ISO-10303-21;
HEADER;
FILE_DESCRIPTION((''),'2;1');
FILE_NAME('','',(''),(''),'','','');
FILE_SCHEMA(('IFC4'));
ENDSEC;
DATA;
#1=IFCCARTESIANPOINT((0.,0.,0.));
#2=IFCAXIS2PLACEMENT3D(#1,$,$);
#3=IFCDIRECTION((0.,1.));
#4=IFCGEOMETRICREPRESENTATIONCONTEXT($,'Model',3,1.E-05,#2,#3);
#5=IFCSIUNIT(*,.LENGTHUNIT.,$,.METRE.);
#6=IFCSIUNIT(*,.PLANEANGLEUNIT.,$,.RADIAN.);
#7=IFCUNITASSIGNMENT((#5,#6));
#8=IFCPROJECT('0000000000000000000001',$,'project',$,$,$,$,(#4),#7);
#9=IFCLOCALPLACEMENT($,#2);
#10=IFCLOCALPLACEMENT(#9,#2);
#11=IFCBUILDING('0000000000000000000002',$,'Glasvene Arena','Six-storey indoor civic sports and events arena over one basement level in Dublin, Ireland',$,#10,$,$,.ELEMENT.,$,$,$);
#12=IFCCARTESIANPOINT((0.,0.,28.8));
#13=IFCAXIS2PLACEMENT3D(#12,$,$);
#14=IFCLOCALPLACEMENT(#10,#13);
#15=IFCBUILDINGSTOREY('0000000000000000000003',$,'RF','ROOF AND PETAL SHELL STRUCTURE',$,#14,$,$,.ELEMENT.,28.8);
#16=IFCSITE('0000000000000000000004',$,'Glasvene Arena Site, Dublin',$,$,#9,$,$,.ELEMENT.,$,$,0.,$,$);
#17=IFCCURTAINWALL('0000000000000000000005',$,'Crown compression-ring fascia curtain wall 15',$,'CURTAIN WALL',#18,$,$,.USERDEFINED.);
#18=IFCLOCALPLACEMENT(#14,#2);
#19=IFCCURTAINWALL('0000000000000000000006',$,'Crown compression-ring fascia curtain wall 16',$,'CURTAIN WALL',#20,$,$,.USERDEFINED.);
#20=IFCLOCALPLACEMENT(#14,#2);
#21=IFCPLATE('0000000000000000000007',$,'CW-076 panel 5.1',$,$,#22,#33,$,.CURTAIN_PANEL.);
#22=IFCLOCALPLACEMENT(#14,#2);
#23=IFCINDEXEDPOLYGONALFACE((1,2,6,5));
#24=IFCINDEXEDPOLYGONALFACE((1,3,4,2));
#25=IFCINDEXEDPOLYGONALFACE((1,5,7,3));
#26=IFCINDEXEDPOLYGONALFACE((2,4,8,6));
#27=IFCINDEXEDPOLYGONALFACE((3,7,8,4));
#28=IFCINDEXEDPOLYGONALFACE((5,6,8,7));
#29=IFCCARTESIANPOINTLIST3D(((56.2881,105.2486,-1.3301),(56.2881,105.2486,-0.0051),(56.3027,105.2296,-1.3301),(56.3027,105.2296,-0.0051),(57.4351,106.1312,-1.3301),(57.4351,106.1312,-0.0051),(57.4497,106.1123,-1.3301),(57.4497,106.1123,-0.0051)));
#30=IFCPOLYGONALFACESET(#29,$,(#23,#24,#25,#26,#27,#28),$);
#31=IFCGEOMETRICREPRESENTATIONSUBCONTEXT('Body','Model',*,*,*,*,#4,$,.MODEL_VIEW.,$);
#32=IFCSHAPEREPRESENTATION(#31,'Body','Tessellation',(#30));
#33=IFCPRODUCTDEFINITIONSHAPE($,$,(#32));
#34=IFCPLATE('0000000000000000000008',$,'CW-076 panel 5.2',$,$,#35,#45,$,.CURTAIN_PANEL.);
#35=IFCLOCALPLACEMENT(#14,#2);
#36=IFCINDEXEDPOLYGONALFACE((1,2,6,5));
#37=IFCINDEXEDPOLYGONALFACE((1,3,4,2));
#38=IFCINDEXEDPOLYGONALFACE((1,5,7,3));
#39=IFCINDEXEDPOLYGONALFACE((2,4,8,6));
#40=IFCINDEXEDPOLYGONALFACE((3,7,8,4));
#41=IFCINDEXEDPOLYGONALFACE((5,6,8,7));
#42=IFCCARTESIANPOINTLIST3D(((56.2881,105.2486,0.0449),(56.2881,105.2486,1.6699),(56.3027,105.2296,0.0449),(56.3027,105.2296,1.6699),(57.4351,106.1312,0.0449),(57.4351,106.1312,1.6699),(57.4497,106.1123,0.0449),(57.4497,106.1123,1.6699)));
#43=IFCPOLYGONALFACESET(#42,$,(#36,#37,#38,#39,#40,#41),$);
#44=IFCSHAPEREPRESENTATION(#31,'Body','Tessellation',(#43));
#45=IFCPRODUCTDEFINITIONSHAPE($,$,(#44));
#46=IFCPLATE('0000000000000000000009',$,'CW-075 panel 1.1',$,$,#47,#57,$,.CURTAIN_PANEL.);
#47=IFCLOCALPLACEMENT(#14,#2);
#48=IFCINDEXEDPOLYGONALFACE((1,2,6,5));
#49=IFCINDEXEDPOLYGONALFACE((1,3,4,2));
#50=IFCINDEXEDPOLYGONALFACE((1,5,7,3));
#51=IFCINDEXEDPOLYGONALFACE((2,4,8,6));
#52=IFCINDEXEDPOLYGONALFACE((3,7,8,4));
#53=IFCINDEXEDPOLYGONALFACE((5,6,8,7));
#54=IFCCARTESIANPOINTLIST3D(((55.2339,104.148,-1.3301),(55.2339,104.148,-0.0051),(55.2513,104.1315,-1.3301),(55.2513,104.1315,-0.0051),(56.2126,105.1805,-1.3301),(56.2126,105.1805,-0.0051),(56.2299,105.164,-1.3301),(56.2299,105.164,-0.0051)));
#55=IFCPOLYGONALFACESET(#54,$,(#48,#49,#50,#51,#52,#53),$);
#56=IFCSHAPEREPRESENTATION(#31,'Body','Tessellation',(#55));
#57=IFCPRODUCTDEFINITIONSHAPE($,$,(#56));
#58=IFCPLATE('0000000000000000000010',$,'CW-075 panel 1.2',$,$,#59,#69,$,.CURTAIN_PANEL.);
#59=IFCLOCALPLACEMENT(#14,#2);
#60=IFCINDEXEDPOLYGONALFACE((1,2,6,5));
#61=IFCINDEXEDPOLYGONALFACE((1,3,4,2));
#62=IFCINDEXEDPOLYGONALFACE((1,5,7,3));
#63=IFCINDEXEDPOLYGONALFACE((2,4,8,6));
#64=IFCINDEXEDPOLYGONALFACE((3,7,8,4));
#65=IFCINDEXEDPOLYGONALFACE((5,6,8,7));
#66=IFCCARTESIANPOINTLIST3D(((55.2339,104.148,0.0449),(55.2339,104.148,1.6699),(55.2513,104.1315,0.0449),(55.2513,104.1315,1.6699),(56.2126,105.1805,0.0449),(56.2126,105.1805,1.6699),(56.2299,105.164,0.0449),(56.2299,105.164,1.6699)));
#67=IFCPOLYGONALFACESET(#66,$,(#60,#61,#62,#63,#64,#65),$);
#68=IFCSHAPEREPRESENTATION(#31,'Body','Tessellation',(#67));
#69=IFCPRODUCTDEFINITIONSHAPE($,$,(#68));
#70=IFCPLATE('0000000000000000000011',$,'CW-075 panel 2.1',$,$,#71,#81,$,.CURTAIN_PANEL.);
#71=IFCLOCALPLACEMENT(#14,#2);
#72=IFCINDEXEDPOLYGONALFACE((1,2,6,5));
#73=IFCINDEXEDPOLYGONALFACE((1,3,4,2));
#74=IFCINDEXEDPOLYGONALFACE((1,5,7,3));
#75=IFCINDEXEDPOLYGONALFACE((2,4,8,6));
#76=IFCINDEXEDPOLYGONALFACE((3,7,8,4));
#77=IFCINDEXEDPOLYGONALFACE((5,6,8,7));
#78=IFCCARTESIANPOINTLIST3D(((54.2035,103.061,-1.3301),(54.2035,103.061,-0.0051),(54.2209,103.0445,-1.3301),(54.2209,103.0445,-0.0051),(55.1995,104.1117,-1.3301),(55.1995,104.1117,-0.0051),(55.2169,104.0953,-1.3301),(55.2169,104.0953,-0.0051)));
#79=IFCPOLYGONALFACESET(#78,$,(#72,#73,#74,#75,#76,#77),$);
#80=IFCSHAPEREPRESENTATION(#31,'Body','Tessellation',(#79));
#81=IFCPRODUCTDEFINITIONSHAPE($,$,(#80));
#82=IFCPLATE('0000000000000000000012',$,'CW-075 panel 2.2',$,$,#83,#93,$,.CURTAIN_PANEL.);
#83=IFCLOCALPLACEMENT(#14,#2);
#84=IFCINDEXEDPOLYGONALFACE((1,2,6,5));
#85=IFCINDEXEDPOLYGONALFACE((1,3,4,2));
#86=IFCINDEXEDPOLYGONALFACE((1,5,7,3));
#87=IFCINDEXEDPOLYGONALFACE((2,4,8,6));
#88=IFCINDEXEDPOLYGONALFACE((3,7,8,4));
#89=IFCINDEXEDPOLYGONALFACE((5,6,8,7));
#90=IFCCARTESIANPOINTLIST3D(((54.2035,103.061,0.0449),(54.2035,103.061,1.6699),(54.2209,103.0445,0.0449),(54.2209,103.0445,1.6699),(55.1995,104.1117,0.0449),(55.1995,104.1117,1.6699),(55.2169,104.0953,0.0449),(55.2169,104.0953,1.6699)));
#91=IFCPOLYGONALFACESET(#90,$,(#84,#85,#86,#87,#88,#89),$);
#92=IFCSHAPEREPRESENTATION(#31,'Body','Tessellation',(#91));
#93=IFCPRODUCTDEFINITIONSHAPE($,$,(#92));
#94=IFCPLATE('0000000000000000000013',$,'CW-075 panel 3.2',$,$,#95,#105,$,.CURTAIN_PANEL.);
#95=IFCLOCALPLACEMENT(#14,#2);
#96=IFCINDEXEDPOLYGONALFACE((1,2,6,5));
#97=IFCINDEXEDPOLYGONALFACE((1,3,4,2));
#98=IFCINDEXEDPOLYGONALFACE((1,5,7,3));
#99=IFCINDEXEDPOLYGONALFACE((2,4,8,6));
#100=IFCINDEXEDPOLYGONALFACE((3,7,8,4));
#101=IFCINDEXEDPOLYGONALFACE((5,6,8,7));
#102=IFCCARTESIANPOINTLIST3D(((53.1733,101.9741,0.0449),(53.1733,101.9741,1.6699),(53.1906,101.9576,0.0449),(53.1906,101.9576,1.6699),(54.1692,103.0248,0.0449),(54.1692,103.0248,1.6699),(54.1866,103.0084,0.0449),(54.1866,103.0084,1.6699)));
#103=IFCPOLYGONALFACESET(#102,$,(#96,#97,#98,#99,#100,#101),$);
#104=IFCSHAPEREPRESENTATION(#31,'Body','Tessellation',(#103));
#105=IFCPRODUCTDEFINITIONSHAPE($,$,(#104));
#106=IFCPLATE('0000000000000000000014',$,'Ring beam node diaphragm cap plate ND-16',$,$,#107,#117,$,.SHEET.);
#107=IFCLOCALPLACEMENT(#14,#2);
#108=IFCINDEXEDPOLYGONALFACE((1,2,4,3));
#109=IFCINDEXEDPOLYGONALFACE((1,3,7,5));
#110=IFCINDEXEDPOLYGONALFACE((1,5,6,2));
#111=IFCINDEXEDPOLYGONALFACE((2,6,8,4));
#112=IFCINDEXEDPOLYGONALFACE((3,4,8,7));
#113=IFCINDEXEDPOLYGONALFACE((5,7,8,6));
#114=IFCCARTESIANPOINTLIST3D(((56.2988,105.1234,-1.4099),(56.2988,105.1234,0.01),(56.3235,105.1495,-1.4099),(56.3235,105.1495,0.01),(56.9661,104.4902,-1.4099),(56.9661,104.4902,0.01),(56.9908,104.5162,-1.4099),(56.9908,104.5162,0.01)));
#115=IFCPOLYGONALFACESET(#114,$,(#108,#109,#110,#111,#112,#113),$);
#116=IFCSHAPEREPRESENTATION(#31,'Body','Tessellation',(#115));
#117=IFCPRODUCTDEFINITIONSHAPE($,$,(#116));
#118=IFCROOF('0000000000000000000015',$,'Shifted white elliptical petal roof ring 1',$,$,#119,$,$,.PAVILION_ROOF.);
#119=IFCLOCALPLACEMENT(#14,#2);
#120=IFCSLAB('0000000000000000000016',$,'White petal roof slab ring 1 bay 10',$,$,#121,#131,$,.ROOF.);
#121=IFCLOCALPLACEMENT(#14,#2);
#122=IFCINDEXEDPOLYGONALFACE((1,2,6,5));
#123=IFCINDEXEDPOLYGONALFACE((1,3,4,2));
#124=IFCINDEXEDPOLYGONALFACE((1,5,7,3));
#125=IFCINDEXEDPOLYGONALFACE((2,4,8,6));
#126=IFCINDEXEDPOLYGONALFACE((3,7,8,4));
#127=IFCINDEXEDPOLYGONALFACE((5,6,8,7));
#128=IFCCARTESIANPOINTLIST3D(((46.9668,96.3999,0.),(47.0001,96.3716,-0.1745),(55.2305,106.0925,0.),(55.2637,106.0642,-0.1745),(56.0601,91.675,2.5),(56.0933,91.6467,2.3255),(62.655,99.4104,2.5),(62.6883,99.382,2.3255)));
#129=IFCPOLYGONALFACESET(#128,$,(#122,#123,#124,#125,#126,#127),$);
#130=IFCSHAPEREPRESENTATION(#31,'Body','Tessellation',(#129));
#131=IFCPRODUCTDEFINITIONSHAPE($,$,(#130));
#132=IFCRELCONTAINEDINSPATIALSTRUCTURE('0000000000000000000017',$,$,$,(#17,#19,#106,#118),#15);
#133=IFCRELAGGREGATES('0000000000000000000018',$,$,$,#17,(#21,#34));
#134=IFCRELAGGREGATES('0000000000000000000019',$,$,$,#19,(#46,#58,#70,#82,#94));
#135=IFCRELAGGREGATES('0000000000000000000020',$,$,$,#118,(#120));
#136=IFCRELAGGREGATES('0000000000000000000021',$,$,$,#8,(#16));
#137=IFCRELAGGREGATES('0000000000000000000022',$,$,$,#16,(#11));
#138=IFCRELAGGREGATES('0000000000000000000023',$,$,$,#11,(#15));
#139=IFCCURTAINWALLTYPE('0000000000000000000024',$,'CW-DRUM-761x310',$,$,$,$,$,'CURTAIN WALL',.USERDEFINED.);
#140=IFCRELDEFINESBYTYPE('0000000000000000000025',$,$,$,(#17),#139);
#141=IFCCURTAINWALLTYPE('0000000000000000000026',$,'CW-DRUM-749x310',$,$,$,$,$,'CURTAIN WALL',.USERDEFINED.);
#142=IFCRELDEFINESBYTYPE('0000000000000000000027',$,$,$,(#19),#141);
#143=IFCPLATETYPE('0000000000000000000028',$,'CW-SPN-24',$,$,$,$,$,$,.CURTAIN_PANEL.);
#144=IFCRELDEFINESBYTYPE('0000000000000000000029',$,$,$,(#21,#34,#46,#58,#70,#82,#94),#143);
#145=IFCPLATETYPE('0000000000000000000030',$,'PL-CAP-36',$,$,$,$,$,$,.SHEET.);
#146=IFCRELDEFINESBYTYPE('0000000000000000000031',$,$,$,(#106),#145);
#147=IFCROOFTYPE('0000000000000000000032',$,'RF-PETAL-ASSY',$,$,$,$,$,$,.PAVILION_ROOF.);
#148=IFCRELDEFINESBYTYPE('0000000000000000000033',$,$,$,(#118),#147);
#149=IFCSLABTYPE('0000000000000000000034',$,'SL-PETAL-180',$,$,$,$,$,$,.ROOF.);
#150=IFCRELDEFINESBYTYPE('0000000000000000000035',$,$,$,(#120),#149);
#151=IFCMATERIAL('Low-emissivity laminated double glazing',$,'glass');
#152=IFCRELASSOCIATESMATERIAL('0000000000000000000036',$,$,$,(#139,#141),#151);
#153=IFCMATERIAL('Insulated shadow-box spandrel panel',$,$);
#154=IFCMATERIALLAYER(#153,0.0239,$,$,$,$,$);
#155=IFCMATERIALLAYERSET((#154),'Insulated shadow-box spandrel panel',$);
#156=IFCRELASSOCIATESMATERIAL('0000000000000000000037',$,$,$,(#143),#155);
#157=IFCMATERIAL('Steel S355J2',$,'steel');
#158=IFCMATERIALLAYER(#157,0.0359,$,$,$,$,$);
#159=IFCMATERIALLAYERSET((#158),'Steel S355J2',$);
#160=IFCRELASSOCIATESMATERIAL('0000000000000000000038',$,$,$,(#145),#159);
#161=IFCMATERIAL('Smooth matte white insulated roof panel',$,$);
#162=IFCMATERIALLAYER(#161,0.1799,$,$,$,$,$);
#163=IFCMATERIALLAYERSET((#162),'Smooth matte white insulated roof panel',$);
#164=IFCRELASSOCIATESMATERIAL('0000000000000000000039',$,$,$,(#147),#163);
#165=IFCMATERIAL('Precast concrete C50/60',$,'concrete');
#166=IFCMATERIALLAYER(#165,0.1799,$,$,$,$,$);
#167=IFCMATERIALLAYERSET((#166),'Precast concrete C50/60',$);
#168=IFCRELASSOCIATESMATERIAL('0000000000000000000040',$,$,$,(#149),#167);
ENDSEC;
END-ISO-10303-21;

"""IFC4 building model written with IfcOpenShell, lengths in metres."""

from ifc_helpers import new_model, si_unit, direction, frame, origin, origin_2d, place, context, subcontext, project, spatial, polyline, rectangle, outline, extrude, material, layer, layer_set, type_object, element, aggregate, save


model = new_model("IFC4")

# Units and contexts
model_context = context("Model", 3, precision=1e-05, world=origin(), true_north=direction((0.0, 1.0)))
body_context = subcontext(model_context, "Body", "Model", "MODEL_VIEW")
ifc_project = project(units=[si_unit("LENGTHUNIT", "METRE"), si_unit("PLANEANGLEUNIT", "RADIAN")], contexts=[model_context])

# Site, building, storey
site_placement = place(None, origin())
site = spatial("IfcSite", under=ifc_project, at=site_placement, Name="Glasvene Arena Site, Dublin", CompositionType="ELEMENT", RefElevation=0.0)
building_placement = place(site_placement, origin())
building = spatial("IfcBuilding", under=site, at=building_placement, Name="Glasvene Arena", Description="Six-storey indoor civic sports and events arena over one basement level in Dublin, Ireland", CompositionType="ELEMENT")
storey_placement = place(building_placement, frame((0.0, 0.0, 28.8)))
storey = spatial("IfcBuildingStorey", under=building, at=storey_placement, Name="RF", Description="ROOF AND PETAL SHELL STRUCTURE", CompositionType="ELEMENT", Elevation=28.8)

# Shared definitions
ifc_material_1 = material(Name="Steel S355J2", Category="steel")

# Curtain walls
ifc_material_2 = material(Name="Low-emissivity laminated double glazing", Category="glass")
curtain_wall_type_1 = type_object("IfcCurtainWallType", Name="CW-DRUM-761x310", ElementType="CURTAIN WALL", PredefinedType="USERDEFINED", material=ifc_material_2)
curtain_wall_1_placement = place(storey_placement, frame((62.2876, 109.8506, 0.0)))
curtain_wall_1 = element("IfcCurtainWall", 1, at=curtain_wall_1_placement, inside=storey, type_object=curtain_wall_type_1, Name="Crown compression-ring fascia curtain wall 15", ObjectType="CURTAIN WALL", PredefinedType="USERDEFINED")
curtain_wall_type_2 = type_object("IfcCurtainWallType", Name="CW-DRUM-749x310", ElementType="CURTAIN WALL", PredefinedType="USERDEFINED", material=ifc_material_2)
curtain_wall_2_placement = place(storey_placement, frame((56.2559, 105.2087, 0.0)))
curtain_wall_2 = element("IfcCurtainWall", 2, at=curtain_wall_2_placement, inside=storey, type_object=curtain_wall_type_2, Name="Crown compression-ring fascia curtain wall 16", ObjectType="CURTAIN WALL", PredefinedType="USERDEFINED")

# Plates
ifc_material_3 = material(Name="Insulated shadow-box spandrel panel")
ifc_layer_1 = layer(ifc_material_3, 0.0239)
ifc_layer_set_1 = layer_set([ifc_layer_1], Name="Insulated shadow-box spandrel panel")
plate_type_1 = type_object("IfcPlateType", Name="CW-SPN-24", PredefinedType="CURTAIN_PANEL", material=ifc_layer_set_1)
plate_1_placement = place(storey_placement, frame((56.8689, 105.6804, -1.3301), z_axis=(0.0, 0.0, 1.0), x_axis=(-0.792482, -0.609895, 0.0)))
plate_1 = element("IfcPlate", 3, at=plate_1_placement, type_object=plate_type_1, Name="CW-076 panel 5.1", PredefinedType="CURTAIN_PANEL", context=body_context, shape_type="SweptSolid", body=[
    extrude(rectangle(XDim=1.4473, YDim=0.0239, at=origin_2d()), origin(), (0.0, 0.0, 1.0), 1.325),
])
plate_2_placement = place(storey_placement, frame((56.8689, 105.6804, 0.0449), z_axis=(0.0, 0.0, 1.0), x_axis=(-0.792482, -0.609895, 0.0)))
plate_2 = element("IfcPlate", 4, at=plate_2_placement, type_object=plate_type_1, Name="CW-076 panel 5.2", PredefinedType="CURTAIN_PANEL", context=body_context, shape_type="SweptSolid", body=[
    extrude(rectangle(XDim=1.4473, YDim=0.0239, at=origin_2d()), origin(), (0.0, 0.0, 1.0), 1.625),
])
aggregate(curtain_wall_1, [plate_1, plate_2])
plate_3_placement = place(storey_placement, frame((55.7319, 104.656, -1.3301), z_axis=(0.0, 0.0, 1.0), x_axis=(-0.687925, -0.725782, 0.0)))
plate_3 = element("IfcPlate", 5, at=plate_3_placement, type_object=plate_type_1, Name="CW-075 panel 1.1", PredefinedType="CURTAIN_PANEL", context=body_context, shape_type="SweptSolid", body=[
    extrude(rectangle(XDim=1.4226, YDim=0.0239, at=origin_2d()), origin(), (0.0, 0.0, 1.0), 1.325),
])
plate_4_placement = place(storey_placement, frame((55.7319, 104.656, 0.0449), z_axis=(0.0, 0.0, 1.0), x_axis=(-0.687925, -0.725782, 0.0)))
plate_4 = element("IfcPlate", 6, at=plate_4_placement, type_object=plate_type_1, Name="CW-075 panel 1.2", PredefinedType="CURTAIN_PANEL", context=body_context, shape_type="SweptSolid", body=[
    extrude(rectangle(XDim=1.4226, YDim=0.0239, at=origin_2d()), origin(), (0.0, 0.0, 1.0), 1.625),
])
plate_5_placement = place(storey_placement, frame((54.7102, 103.5781, -1.3301), z_axis=(0.0, 0.0, 1.0), x_axis=(-0.687925, -0.725782, 0.0)))
plate_5 = element("IfcPlate", 7, at=plate_5_placement, type_object=plate_type_1, Name="CW-075 panel 2.1", PredefinedType="CURTAIN_PANEL", context=body_context, shape_type="SweptSolid", body=[
    extrude(rectangle(XDim=1.4478, YDim=0.0239, at=origin_2d()), origin(), (0.0, 0.0, 1.0), 1.325),
])
plate_6_placement = place(storey_placement, frame((54.7102, 103.5781, 0.0449), z_axis=(0.0, 0.0, 1.0), x_axis=(-0.687925, -0.725782, 0.0)))
plate_6 = element("IfcPlate", 8, at=plate_6_placement, type_object=plate_type_1, Name="CW-075 panel 2.2", PredefinedType="CURTAIN_PANEL", context=body_context, shape_type="SweptSolid", body=[
    extrude(rectangle(XDim=1.4478, YDim=0.0239, at=origin_2d()), origin(), (0.0, 0.0, 1.0), 1.625),
])
plate_7_placement = place(storey_placement, frame((53.6799, 102.4912, 0.0449), z_axis=(0.0, 0.0, 1.0), x_axis=(-0.687925, -0.725782, 0.0)))
plate_7 = element("IfcPlate", 9, at=plate_7_placement, type_object=plate_type_1, Name="CW-075 panel 3.2", PredefinedType="CURTAIN_PANEL", context=body_context, shape_type="SweptSolid", body=[
    extrude(rectangle(XDim=1.4478, YDim=0.0239, at=origin_2d()), origin(), (0.0, 0.0, 1.0), 1.625),
])
aggregate(curtain_wall_2, [plate_3, plate_4, plate_5, plate_6, plate_7])
ifc_layer_2 = layer(ifc_material_1, 0.0359)
ifc_layer_set_2 = layer_set([ifc_layer_2], Name="Steel S355J2")
plate_type_2 = type_object("IfcPlateType", Name="PL-CAP-36", PredefinedType="SHEET", material=ifc_layer_set_2)
plate_8_placement = place(storey_placement, frame((56.6448, 104.8198, -1.4099), z_axis=(0.0, 0.0, 1.0), x_axis=(-0.688355, -0.725374, 0.0)))
element("IfcPlate", 10, at=plate_8_placement, inside=storey, type_object=plate_type_2, Name="Ring beam node diaphragm cap plate ND-16", PredefinedType="SHEET", context=body_context, shape_type="SweptSolid", body=[
    extrude(rectangle(XDim=0.0359, YDim=0.9199, at=origin_2d()), origin(), (0.0, 0.0, 1.0), 1.4199),
])

# Roof, slab
ifc_material_4 = material(Name="Smooth matte white insulated roof panel")
ifc_layer_3 = layer(ifc_material_4, 0.1799)
ifc_layer_set_3 = layer_set([ifc_layer_3], Name="Smooth matte white insulated roof panel")
roof_type = type_object("IfcRoofType", Name="RF-PETAL-ASSY", PredefinedType="PAVILION_ROOF", material=ifc_layer_set_3)
roof_placement = place(storey_placement, frame((92.0, 73.0, 0.0)))
roof = element("IfcRoof", 11, at=roof_placement, inside=storey, type_object=roof_type, Name="Shifted white elliptical petal roof ring 1", PredefinedType="PAVILION_ROOF")
ifc_material_5 = material(Name="Precast concrete C50/60", Category="concrete")
ifc_layer_4 = layer(ifc_material_5, 0.1799)
ifc_layer_set_4 = layer_set([ifc_layer_4], Name="Precast concrete C50/60")
slab_type = type_object("IfcSlabType", Name="SL-PETAL-180", PredefinedType="ROOF", material=ifc_layer_set_4)
slab_placement = place(storey_placement, frame((55.2305, 106.0925, 0.0), z_axis=(-0.184821, 0.157574, 0.970058), x_axis=(-0.648784, -0.760972, 0.0)))
slab = element("IfcSlab", 12, at=slab_placement, type_object=slab_type, Name="White petal roof slab ring 1 bay 10", PredefinedType="ROOF", context=body_context, shape_type="SweptSolid", body=[
    extrude(outline(polyline([(0.0, 0.0), (12.7372, 0.0), (10.4331, 10.2933), (0.268, 10.2934), (0.0, 0.0)])), origin(), (0.0, 0.0, -1.0), 0.1799),
])
aggregate(roof, [slab])

save(model, "model.ifc")
